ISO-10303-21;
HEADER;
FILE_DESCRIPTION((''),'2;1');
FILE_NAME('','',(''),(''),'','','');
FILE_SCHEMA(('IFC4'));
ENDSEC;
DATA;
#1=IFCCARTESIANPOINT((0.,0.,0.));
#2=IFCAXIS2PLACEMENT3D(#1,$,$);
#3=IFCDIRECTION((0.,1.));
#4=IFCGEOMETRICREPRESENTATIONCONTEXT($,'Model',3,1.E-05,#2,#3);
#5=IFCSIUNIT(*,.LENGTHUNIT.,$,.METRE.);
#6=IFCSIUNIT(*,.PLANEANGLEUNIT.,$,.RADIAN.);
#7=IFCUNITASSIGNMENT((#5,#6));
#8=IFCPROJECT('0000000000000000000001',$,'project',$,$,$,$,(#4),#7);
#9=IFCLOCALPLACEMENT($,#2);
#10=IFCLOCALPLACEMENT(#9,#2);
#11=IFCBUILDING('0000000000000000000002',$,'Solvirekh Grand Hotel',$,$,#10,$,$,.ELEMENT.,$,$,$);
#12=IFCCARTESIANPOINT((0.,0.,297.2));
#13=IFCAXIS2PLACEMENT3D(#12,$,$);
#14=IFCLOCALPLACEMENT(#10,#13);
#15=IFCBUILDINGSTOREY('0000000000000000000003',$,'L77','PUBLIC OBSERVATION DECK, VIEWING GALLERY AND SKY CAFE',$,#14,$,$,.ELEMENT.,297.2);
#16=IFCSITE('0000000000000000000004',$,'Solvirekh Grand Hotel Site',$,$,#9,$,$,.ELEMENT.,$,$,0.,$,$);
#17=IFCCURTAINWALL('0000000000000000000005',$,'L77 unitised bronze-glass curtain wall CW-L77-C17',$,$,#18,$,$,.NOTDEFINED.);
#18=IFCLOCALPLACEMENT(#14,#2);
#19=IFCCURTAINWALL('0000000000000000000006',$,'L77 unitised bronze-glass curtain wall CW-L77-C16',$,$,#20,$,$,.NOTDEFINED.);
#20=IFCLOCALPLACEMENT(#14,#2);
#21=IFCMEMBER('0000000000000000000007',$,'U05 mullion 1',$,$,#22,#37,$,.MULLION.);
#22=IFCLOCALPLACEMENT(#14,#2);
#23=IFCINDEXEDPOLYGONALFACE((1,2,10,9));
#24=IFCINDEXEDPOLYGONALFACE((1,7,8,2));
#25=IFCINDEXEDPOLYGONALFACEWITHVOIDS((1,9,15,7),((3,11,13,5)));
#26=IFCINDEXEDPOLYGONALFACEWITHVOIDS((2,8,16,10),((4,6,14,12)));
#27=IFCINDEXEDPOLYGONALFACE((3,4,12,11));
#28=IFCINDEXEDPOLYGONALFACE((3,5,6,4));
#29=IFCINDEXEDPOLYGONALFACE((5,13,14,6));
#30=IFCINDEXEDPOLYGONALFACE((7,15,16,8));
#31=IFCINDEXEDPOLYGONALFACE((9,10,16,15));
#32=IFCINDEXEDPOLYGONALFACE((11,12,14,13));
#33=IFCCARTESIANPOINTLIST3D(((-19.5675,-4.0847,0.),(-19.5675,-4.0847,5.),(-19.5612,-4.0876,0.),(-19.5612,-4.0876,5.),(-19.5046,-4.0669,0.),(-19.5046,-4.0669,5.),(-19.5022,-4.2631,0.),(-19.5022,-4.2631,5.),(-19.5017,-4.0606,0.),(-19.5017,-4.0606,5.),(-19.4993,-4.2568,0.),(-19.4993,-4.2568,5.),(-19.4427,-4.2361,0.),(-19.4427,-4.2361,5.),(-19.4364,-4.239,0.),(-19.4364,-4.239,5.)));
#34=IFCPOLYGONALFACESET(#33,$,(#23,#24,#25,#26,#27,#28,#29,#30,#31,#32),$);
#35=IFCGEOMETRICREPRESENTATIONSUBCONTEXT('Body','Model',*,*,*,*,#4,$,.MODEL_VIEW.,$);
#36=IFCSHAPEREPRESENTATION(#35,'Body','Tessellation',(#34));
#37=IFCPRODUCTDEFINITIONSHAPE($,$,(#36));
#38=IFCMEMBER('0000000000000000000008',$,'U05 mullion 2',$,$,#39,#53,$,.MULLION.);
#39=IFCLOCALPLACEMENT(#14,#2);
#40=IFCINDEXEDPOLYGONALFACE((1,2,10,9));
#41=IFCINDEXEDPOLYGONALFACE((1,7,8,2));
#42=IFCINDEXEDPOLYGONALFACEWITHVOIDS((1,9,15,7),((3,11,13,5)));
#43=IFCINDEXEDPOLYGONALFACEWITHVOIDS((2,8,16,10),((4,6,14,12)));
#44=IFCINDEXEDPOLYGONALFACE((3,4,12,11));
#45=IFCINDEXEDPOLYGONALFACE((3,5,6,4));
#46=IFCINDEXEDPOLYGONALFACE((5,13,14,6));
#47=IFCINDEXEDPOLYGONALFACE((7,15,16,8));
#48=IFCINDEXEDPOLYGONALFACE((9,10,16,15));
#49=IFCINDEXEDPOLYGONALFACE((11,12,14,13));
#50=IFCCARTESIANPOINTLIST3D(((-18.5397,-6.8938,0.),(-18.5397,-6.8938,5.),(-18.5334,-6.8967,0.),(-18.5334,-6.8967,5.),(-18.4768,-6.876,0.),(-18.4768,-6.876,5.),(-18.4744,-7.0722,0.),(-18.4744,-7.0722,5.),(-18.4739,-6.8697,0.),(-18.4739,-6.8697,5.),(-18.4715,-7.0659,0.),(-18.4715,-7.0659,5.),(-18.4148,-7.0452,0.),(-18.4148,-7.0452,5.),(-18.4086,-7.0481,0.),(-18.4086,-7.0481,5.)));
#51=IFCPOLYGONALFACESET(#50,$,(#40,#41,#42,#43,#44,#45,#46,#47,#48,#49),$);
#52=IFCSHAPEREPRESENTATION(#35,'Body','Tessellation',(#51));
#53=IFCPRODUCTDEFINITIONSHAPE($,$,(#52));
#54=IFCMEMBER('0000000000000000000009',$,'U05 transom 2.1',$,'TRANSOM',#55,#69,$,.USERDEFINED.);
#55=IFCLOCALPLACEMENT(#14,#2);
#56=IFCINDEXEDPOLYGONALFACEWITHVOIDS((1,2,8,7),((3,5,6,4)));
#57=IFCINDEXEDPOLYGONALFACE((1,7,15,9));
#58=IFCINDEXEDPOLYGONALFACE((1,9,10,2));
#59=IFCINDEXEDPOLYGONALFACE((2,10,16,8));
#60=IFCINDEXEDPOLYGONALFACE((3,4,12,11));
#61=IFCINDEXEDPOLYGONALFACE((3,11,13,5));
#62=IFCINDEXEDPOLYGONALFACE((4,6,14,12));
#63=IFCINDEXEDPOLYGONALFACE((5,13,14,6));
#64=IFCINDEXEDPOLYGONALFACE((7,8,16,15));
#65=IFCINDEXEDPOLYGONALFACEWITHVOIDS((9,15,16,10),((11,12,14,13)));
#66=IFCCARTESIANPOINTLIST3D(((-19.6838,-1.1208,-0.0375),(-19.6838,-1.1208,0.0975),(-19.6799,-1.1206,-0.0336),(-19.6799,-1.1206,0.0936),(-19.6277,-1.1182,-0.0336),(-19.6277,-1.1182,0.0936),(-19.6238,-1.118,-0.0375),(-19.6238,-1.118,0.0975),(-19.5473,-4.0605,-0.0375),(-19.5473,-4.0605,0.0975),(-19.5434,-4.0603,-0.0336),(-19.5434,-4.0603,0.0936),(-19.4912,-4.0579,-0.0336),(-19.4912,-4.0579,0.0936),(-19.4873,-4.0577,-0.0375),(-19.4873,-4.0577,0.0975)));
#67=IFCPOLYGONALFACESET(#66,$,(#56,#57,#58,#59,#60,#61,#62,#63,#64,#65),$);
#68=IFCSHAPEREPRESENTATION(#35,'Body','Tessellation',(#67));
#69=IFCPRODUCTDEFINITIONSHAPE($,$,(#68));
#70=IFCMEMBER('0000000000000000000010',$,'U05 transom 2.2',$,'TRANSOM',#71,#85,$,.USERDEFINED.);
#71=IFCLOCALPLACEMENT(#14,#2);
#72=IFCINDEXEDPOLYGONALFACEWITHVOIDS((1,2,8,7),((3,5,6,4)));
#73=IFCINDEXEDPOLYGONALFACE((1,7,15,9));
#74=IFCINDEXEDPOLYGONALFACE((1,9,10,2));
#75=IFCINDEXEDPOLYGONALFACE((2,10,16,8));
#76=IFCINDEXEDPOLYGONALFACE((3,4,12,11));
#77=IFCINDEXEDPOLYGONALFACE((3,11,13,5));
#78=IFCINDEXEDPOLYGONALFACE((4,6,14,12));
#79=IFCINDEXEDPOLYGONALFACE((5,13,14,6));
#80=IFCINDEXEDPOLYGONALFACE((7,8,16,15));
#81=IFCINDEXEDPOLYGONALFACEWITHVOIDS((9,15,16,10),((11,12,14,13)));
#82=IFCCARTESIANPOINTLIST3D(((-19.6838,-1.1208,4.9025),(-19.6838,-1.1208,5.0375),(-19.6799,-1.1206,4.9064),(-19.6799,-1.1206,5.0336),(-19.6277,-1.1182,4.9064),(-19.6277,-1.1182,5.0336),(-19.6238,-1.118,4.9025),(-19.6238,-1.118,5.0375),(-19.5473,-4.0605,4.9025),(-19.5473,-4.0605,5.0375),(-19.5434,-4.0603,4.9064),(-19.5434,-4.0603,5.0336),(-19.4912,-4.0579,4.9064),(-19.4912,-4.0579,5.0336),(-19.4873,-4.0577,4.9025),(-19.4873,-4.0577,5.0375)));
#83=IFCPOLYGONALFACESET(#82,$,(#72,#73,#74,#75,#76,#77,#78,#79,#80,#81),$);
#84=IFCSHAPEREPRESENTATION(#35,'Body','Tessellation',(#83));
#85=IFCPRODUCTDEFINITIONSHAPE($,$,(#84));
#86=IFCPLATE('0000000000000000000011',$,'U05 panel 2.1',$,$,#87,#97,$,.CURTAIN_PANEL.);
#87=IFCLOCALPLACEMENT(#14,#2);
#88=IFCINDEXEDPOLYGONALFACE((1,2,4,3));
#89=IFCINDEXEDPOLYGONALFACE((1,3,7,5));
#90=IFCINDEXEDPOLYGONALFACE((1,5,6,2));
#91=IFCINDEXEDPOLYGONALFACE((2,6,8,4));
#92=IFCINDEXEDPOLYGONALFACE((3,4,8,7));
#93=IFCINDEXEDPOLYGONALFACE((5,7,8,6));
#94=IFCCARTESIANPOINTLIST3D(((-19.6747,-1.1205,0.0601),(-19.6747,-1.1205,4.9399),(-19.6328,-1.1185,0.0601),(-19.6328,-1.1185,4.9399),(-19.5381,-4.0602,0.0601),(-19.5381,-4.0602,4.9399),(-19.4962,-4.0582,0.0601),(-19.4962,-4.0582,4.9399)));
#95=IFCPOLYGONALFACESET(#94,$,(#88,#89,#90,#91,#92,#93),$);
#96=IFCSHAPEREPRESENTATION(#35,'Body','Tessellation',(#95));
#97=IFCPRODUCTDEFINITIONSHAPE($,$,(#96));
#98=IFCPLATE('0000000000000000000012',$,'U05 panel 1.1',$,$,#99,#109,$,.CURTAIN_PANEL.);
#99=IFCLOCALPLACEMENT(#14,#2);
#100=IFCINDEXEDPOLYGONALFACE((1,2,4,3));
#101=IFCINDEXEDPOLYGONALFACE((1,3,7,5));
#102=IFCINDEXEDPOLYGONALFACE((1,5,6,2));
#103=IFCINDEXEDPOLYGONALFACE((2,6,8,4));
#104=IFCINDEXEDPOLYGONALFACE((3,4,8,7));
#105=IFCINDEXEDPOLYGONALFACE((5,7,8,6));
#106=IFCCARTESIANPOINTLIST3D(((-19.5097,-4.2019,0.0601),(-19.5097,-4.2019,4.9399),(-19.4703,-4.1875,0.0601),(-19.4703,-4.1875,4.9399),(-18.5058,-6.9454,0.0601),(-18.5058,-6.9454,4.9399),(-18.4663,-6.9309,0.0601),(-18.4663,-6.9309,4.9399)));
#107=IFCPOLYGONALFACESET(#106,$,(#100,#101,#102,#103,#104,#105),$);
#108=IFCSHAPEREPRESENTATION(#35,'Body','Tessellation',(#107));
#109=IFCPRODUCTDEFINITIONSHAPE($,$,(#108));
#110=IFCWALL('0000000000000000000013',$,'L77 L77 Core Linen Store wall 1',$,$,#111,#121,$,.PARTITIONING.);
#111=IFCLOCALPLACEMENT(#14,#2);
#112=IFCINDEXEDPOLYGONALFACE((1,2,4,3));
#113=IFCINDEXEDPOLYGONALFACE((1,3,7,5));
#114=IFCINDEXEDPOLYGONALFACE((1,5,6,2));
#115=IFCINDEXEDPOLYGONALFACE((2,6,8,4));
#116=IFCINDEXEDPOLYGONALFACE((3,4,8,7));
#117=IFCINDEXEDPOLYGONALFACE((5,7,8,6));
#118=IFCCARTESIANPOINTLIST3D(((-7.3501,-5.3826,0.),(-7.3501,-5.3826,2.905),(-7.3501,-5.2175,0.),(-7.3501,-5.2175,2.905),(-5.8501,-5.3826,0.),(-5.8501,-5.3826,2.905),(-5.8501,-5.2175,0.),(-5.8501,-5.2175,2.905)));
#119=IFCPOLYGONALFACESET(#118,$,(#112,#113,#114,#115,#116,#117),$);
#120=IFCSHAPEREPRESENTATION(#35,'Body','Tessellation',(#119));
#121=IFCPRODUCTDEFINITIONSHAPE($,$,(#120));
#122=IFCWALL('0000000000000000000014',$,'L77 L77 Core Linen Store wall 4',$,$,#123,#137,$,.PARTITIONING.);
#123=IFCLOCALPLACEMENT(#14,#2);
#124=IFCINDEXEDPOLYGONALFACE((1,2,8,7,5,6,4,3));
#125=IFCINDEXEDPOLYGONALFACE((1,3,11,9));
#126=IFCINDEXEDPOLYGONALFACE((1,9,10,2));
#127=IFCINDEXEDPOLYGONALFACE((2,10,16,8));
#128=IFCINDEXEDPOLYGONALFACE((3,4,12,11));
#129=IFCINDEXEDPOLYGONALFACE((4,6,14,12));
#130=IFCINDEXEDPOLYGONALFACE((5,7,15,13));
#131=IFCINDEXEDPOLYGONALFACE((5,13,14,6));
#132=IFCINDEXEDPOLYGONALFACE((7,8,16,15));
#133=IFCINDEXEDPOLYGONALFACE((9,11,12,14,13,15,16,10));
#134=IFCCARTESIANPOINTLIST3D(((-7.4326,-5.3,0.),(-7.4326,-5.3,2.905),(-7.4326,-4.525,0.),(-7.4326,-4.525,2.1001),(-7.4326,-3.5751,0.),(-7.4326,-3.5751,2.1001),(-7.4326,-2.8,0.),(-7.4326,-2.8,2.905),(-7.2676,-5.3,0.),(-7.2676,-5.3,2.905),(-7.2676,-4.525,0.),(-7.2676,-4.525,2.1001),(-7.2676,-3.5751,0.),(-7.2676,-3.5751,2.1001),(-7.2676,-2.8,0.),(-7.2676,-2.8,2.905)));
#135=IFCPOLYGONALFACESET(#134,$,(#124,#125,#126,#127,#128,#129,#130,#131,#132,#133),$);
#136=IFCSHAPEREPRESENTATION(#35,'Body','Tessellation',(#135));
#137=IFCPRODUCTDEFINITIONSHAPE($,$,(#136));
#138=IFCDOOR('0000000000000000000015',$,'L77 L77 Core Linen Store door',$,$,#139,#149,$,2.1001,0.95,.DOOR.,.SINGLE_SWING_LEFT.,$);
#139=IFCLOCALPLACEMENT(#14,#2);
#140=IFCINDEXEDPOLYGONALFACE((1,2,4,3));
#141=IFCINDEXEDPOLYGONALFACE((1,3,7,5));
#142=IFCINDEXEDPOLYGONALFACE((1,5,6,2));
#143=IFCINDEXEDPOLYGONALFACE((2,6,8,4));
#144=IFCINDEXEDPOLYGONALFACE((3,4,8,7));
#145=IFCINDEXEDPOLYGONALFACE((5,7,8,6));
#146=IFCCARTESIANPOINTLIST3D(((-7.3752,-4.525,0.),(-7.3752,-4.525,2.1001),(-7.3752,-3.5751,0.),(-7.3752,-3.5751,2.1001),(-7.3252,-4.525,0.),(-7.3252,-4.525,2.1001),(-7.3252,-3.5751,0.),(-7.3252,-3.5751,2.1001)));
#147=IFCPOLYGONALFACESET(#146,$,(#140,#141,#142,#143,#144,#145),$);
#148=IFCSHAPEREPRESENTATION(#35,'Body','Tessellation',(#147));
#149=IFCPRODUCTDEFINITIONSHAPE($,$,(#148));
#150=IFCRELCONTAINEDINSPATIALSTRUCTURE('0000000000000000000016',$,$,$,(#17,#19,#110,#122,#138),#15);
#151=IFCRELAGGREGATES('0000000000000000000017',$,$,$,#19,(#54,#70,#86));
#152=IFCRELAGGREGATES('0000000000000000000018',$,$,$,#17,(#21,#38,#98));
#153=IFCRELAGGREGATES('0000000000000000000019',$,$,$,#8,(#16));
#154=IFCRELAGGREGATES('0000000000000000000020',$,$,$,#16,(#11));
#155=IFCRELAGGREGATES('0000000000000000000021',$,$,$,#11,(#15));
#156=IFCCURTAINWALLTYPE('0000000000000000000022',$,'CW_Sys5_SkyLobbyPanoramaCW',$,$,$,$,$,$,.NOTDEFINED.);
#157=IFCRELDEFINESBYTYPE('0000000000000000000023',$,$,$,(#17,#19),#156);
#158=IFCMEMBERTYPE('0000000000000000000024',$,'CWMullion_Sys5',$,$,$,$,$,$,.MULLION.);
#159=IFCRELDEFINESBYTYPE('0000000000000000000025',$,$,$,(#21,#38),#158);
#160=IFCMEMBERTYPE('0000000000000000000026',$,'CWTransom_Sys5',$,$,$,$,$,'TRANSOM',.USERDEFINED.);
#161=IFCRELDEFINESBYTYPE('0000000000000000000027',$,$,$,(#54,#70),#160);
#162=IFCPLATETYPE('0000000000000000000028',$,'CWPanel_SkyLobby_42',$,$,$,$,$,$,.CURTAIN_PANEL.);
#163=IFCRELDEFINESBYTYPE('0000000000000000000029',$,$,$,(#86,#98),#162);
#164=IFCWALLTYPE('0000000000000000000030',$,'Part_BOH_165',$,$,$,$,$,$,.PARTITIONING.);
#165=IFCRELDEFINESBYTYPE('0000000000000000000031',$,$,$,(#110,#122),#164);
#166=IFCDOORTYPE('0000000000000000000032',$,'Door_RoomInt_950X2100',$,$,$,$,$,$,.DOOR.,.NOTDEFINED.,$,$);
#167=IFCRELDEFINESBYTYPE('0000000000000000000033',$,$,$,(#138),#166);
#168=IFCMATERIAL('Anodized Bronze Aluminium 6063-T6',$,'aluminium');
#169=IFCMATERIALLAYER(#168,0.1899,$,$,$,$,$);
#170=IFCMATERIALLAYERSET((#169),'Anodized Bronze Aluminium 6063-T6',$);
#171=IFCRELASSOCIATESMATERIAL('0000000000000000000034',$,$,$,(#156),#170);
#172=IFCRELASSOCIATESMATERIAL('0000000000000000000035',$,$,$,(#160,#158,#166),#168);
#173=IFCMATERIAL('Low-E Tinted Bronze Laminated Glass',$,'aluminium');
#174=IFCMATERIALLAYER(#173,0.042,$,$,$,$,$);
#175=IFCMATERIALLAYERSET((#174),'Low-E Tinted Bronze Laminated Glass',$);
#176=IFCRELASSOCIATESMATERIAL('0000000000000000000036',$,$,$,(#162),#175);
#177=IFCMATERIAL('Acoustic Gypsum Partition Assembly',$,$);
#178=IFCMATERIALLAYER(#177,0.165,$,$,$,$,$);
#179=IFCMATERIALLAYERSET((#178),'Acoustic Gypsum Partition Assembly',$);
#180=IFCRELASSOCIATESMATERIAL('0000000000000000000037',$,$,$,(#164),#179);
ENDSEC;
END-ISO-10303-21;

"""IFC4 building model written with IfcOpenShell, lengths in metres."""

from ifc_helpers import new_model, si_unit, direction, frame, frame_2d, origin, origin_2d, place, context, subcontext, project, spatial, rectangle, hollow_rectangle, extrude, source, transform, mapped, material, layer, layer_set, material_profile, profile_set, type_object, element, fill, aggregate, save


model = new_model("IFC4")

# Units and contexts
model_context = context("Model", 3, precision=1e-05, world=origin(), true_north=direction((0.0, 1.0)))
body_context = subcontext(model_context, "Body", "Model", "MODEL_VIEW")
ifc_project = project(units=[si_unit("LENGTHUNIT", "METRE"), si_unit("PLANEANGLEUNIT", "RADIAN")], contexts=[model_context])

# Site, building, storey
site_placement = place(None, origin())
site = spatial("IfcSite", under=ifc_project, at=site_placement, Name="Solvirekh Grand Hotel Site", CompositionType="ELEMENT", RefElevation=0.0)
building_placement = place(site_placement, origin())
building = spatial("IfcBuilding", under=site, at=building_placement, Name="Solvirekh Grand Hotel", CompositionType="ELEMENT")
storey_placement = place(building_placement, frame((0.0, 0.0, 297.2)))
storey = spatial("IfcBuildingStorey", under=building, at=storey_placement, Name="L77", Description="PUBLIC OBSERVATION DECK, VIEWING GALLERY AND SKY CAFE", CompositionType="ELEMENT", Elevation=297.2)

# Curtain walls
ifc_material_1 = material(Name="Anodized Bronze Aluminium 6063-T6", Category="aluminium")
ifc_layer_1 = layer(ifc_material_1, 0.1899)
ifc_layer_set_1 = layer_set([ifc_layer_1], Name="Anodized Bronze Aluminium 6063-T6")
curtain_wall_type = type_object("IfcCurtainWallType", Name="CW_Sys5_SkyLobbyPanoramaCW", PredefinedType="NOTDEFINED", material=ifc_layer_set_1)
curtain_wall_1_placement = place(storey_placement, origin())
curtain_wall_1 = element("IfcCurtainWall", 1, at=curtain_wall_1_placement, inside=storey, type_object=curtain_wall_type, Name="L77 unitised bronze-glass curtain wall CW-L77-C17", PredefinedType="NOTDEFINED")
ifc_material_profile_1 = material_profile(ifc_material_1, hollow_rectangle(XDim=0.0601, YDim=0.135, WallThickness=0.0039, at=origin_2d()), Name="ALU RHS 135X60X4")
ifc_profile_set_1 = profile_set([ifc_material_profile_1], Name="Anodized Bronze Aluminium 6063-T6")
member_type_1 = type_object("IfcMemberType", Name="CWTransom_Sys5", ElementType="TRANSOM", PredefinedType="USERDEFINED", material=ifc_profile_set_1)
curtain_wall_2_placement = place(storey_placement, origin())
curtain_wall_2 = element("IfcCurtainWall", 2, at=curtain_wall_2_placement, inside=storey, type_object=curtain_wall_type, Name="L77 unitised bronze-glass curtain wall CW-L77-C16", PredefinedType="NOTDEFINED")
ifc_material_profile_2 = material_profile(ifc_material_1, hollow_rectangle(XDim=0.0701, YDim=0.1899, WallThickness=0.0049, at=origin_2d()), Name="ALU RHS 190X70X5")
ifc_profile_set_2 = profile_set([ifc_material_profile_2], Name="Anodized Bronze Aluminium 6063-T6")
member_type_2 = type_object("IfcMemberType", Name="CWMullion_Sys5", PredefinedType="MULLION", material=ifc_profile_set_2)
shared_shape_1 = source(origin(), body_context, "Body", "SweptSolid", [
    extrude(hollow_rectangle(XDim=0.0701, YDim=0.1899, WallThickness=0.0049, at=origin_2d()), origin(), (0.0, 0.0, 1.0), 5.0),
])

# Members
member_1_placement = place(storey_placement, frame((-19.502, -4.1619, 0.0), z_axis=(0.0, 0.0, 1.0), x_axis=(0.939097, 0.343653, 0.0)))
member_1 = element("IfcMember", 3, at=member_1_placement, type_object=member_type_2, Name="U05 mullion 1", PredefinedType="MULLION", context=body_context, shape_type="MappedRepresentation", body=[
    mapped(shared_shape_1, transform((0.0, 0.0, 0.0), x_axis=(1.0, 0.0, 0.0), y_axis=(0.0, 1.0, 0.0), z_axis=(0.0, 0.0, 1.0), scale=1.0)),
])
member_2_placement = place(storey_placement, frame((-18.4741, -6.9709, 0.0), z_axis=(0.0, 0.0, 1.0), x_axis=(0.939097, 0.343653, 0.0)))
member_2 = element("IfcMember", 4, at=member_2_placement, type_object=member_type_2, Name="U05 mullion 2", PredefinedType="MULLION", context=body_context, shape_type="MappedRepresentation", body=[
    mapped(shared_shape_1, transform((0.0, 0.0, 0.0), x_axis=(1.0, 0.0, 0.0), y_axis=(0.0, 1.0, 0.0), z_axis=(0.0, 0.0, 1.0), scale=1.0)),
])
shared_shape_2 = source(origin(), body_context, "Body", "SweptSolid", [
    extrude(hollow_rectangle(XDim=0.0601, YDim=0.135, WallThickness=0.0039, at=origin_2d()), origin(), (0.0, 0.0, 1.0), 2.9429),
])
member_3_placement = place(storey_placement, frame((-19.6538, -1.1194, 0.03), z_axis=(0.046375, -0.998924, 0.0), x_axis=(0.998924, 0.046375, 0.0)))
member_3 = element("IfcMember", 5, at=member_3_placement, type_object=member_type_1, Name="U05 transom 2.1", ObjectType="TRANSOM", PredefinedType="USERDEFINED", context=body_context, shape_type="MappedRepresentation", body=[
    mapped(shared_shape_2, transform((0.0, 0.0, 0.0), x_axis=(1.0, 0.0, 0.0), y_axis=(0.0, 1.0, 0.0), z_axis=(0.0, 0.0, 1.0), scale=1.0)),
])
member_4_placement = place(storey_placement, frame((-19.6538, -1.1194, 4.97), z_axis=(0.046375, -0.998924, 0.0), x_axis=(0.998924, 0.046375, 0.0)))
member_4 = element("IfcMember", 6, at=member_4_placement, type_object=member_type_1, Name="U05 transom 2.2", ObjectType="TRANSOM", PredefinedType="USERDEFINED", context=body_context, shape_type="MappedRepresentation", body=[
    mapped(shared_shape_2, transform((0.0, 0.0, 0.0), x_axis=(1.0, 0.0, 0.0), y_axis=(0.0, 1.0, 0.0), z_axis=(0.0, 0.0, 1.0), scale=1.0)),
])

# Plates
ifc_material_2 = material(Name="Low-E Tinted Bronze Laminated Glass", Category="aluminium")
ifc_layer_2 = layer(ifc_material_2, 0.042)
ifc_layer_set_2 = layer_set([ifc_layer_2], Name="Low-E Tinted Bronze Laminated Glass")
plate_type = type_object("IfcPlateType", Name="CWPanel_SkyLobby_42", PredefinedType="CURTAIN_PANEL", material=ifc_layer_set_2)
shared_shape_3 = source(origin(), body_context, "Body", "SweptSolid", [
    extrude(rectangle(XDim=2.9429, YDim=0.042, at=origin_2d()), origin(), (0.0, 0.0, 1.0), 4.8799),
])
plate_1_placement = place(storey_placement, frame((-19.5854, -2.5894, 0.0601), z_axis=(0.0, 0.0, 1.0), x_axis=(0.046427, -0.998922, 0.0)))
plate_1 = element("IfcPlate", 7, at=plate_1_placement, type_object=plate_type, Name="U05 panel 2.1", PredefinedType="CURTAIN_PANEL", context=body_context, shape_type="MappedRepresentation", body=[
    mapped(shared_shape_3, transform((0.0, 0.0, 0.0), x_axis=(1.0, 0.0, 0.0), y_axis=(0.0, 1.0, 0.0), z_axis=(0.0, 0.0, 1.0), scale=1.0)),
])
aggregate(curtain_wall_2, [member_3, member_4, plate_1])
shared_shape_4 = source(origin(), body_context, "Body", "SweptSolid", [
    extrude(rectangle(XDim=2.9214, YDim=0.042, at=origin_2d()), origin(), (0.0, 0.0, 1.0), 4.8799),
])
plate_2_placement = place(storey_placement, frame((-18.988, -5.5664, 0.0601), z_axis=(0.0, 0.0, 1.0), x_axis=(0.343653, -0.939097, 0.0)))
plate_2 = element("IfcPlate", 8, at=plate_2_placement, type_object=plate_type, Name="U05 panel 1.1", PredefinedType="CURTAIN_PANEL", context=body_context, shape_type="MappedRepresentation", body=[
    mapped(shared_shape_4, transform((0.0, 0.0, 0.0), x_axis=(1.0, 0.0, 0.0), y_axis=(0.0, 1.0, 0.0), z_axis=(0.0, 0.0, 1.0), scale=1.0)),
])
aggregate(curtain_wall_1, [member_1, member_2, plate_2])

# Wall
ifc_material_3 = material(Name="Acoustic Gypsum Partition Assembly")
ifc_layer_3 = layer(ifc_material_3, 0.165)
ifc_layer_set_3 = layer_set([ifc_layer_3], Name="Acoustic Gypsum Partition Assembly")
wall_type_1 = type_object("IfcWallType", Name="Part_BOH_165", PredefinedType="PARTITIONING", material=ifc_layer_set_3)
wall_1_placement = place(storey_placement, frame((-7.3501, -5.3, 0.0), z_axis=(0.0, 0.0, 1.0), x_axis=(1.0, 0.0, 0.0)))
element("IfcWall", 9, at=wall_1_placement, inside=storey, type_object=wall_type_1, Name="L77 L77 Core Linen Store wall 1", PredefinedType="PARTITIONING", context=body_context, shape_type="SweptSolid", body=[
    extrude(rectangle(XDim=1.5, YDim=0.165, at=frame_2d((0.75, 0.0))), origin(), (0.0, 0.0, 1.0), 2.905),
])

# Wall, opening, door
wall_2_placement = place(storey_placement, frame((-7.3501, -2.8, 0.0), z_axis=(0.0, 0.0, 1.0), x_axis=(0.0, -1.0, 0.0)))
wall_2 = element("IfcWall", 10, at=wall_2_placement, inside=storey, type_object=wall_type_1, Name="L77 L77 Core Linen Store wall 4", PredefinedType="PARTITIONING", context=body_context, shape_type="SweptSolid", body=[
    extrude(rectangle(XDim=2.5, YDim=0.165, at=frame_2d((1.25, 0.0))), origin(), (0.0, 0.0, 1.0), 2.905),
])
opening_1_placement = place(wall_2_placement, frame((0.7749, 0.0, 0.0)))
opening_1 = element("IfcOpeningElement", 11, at=opening_1_placement, cuts=wall_2, PredefinedType="OPENING", context=body_context, shape_type="SweptSolid", body=[
    extrude(rectangle(XDim=0.95, YDim=2.1001, at=frame_2d((0.4751, 1.05))), frame((0.0, 0.0925, 0.0), z_axis=(0.0, -1.0, 0.0), x_axis=(1.0, 0.0, 0.0)), (0.0, 0.0, 1.0), 0.1851),
])
door_type = type_object("IfcDoorType", Name="Door_RoomInt_950X2100", OperationType="NOTDEFINED", PredefinedType="DOOR", material=ifc_material_1)
door_1_placement = place(opening_1_placement, origin())
door_1 = element("IfcDoor", 12, at=door_1_placement, inside=storey, type_object=door_type, Name="L77 L77 Core Linen Store door", OperationType="SINGLE_SWING_LEFT", OverallHeight=2.1001, OverallWidth=0.95, PredefinedType="DOOR", context=body_context, shape_type="SweptSolid", body=[
    extrude(rectangle(XDim=0.95, YDim=2.1001, at=frame_2d((0.4751, 1.05))), frame((0.0, 0.0249, 0.0), z_axis=(0.0, -1.0, 0.0), x_axis=(1.0, 0.0, 0.0)), (0.0, 0.0, 1.0), 0.05),
])
fill(opening_1, door_1)

save(model, "model.ifc")
